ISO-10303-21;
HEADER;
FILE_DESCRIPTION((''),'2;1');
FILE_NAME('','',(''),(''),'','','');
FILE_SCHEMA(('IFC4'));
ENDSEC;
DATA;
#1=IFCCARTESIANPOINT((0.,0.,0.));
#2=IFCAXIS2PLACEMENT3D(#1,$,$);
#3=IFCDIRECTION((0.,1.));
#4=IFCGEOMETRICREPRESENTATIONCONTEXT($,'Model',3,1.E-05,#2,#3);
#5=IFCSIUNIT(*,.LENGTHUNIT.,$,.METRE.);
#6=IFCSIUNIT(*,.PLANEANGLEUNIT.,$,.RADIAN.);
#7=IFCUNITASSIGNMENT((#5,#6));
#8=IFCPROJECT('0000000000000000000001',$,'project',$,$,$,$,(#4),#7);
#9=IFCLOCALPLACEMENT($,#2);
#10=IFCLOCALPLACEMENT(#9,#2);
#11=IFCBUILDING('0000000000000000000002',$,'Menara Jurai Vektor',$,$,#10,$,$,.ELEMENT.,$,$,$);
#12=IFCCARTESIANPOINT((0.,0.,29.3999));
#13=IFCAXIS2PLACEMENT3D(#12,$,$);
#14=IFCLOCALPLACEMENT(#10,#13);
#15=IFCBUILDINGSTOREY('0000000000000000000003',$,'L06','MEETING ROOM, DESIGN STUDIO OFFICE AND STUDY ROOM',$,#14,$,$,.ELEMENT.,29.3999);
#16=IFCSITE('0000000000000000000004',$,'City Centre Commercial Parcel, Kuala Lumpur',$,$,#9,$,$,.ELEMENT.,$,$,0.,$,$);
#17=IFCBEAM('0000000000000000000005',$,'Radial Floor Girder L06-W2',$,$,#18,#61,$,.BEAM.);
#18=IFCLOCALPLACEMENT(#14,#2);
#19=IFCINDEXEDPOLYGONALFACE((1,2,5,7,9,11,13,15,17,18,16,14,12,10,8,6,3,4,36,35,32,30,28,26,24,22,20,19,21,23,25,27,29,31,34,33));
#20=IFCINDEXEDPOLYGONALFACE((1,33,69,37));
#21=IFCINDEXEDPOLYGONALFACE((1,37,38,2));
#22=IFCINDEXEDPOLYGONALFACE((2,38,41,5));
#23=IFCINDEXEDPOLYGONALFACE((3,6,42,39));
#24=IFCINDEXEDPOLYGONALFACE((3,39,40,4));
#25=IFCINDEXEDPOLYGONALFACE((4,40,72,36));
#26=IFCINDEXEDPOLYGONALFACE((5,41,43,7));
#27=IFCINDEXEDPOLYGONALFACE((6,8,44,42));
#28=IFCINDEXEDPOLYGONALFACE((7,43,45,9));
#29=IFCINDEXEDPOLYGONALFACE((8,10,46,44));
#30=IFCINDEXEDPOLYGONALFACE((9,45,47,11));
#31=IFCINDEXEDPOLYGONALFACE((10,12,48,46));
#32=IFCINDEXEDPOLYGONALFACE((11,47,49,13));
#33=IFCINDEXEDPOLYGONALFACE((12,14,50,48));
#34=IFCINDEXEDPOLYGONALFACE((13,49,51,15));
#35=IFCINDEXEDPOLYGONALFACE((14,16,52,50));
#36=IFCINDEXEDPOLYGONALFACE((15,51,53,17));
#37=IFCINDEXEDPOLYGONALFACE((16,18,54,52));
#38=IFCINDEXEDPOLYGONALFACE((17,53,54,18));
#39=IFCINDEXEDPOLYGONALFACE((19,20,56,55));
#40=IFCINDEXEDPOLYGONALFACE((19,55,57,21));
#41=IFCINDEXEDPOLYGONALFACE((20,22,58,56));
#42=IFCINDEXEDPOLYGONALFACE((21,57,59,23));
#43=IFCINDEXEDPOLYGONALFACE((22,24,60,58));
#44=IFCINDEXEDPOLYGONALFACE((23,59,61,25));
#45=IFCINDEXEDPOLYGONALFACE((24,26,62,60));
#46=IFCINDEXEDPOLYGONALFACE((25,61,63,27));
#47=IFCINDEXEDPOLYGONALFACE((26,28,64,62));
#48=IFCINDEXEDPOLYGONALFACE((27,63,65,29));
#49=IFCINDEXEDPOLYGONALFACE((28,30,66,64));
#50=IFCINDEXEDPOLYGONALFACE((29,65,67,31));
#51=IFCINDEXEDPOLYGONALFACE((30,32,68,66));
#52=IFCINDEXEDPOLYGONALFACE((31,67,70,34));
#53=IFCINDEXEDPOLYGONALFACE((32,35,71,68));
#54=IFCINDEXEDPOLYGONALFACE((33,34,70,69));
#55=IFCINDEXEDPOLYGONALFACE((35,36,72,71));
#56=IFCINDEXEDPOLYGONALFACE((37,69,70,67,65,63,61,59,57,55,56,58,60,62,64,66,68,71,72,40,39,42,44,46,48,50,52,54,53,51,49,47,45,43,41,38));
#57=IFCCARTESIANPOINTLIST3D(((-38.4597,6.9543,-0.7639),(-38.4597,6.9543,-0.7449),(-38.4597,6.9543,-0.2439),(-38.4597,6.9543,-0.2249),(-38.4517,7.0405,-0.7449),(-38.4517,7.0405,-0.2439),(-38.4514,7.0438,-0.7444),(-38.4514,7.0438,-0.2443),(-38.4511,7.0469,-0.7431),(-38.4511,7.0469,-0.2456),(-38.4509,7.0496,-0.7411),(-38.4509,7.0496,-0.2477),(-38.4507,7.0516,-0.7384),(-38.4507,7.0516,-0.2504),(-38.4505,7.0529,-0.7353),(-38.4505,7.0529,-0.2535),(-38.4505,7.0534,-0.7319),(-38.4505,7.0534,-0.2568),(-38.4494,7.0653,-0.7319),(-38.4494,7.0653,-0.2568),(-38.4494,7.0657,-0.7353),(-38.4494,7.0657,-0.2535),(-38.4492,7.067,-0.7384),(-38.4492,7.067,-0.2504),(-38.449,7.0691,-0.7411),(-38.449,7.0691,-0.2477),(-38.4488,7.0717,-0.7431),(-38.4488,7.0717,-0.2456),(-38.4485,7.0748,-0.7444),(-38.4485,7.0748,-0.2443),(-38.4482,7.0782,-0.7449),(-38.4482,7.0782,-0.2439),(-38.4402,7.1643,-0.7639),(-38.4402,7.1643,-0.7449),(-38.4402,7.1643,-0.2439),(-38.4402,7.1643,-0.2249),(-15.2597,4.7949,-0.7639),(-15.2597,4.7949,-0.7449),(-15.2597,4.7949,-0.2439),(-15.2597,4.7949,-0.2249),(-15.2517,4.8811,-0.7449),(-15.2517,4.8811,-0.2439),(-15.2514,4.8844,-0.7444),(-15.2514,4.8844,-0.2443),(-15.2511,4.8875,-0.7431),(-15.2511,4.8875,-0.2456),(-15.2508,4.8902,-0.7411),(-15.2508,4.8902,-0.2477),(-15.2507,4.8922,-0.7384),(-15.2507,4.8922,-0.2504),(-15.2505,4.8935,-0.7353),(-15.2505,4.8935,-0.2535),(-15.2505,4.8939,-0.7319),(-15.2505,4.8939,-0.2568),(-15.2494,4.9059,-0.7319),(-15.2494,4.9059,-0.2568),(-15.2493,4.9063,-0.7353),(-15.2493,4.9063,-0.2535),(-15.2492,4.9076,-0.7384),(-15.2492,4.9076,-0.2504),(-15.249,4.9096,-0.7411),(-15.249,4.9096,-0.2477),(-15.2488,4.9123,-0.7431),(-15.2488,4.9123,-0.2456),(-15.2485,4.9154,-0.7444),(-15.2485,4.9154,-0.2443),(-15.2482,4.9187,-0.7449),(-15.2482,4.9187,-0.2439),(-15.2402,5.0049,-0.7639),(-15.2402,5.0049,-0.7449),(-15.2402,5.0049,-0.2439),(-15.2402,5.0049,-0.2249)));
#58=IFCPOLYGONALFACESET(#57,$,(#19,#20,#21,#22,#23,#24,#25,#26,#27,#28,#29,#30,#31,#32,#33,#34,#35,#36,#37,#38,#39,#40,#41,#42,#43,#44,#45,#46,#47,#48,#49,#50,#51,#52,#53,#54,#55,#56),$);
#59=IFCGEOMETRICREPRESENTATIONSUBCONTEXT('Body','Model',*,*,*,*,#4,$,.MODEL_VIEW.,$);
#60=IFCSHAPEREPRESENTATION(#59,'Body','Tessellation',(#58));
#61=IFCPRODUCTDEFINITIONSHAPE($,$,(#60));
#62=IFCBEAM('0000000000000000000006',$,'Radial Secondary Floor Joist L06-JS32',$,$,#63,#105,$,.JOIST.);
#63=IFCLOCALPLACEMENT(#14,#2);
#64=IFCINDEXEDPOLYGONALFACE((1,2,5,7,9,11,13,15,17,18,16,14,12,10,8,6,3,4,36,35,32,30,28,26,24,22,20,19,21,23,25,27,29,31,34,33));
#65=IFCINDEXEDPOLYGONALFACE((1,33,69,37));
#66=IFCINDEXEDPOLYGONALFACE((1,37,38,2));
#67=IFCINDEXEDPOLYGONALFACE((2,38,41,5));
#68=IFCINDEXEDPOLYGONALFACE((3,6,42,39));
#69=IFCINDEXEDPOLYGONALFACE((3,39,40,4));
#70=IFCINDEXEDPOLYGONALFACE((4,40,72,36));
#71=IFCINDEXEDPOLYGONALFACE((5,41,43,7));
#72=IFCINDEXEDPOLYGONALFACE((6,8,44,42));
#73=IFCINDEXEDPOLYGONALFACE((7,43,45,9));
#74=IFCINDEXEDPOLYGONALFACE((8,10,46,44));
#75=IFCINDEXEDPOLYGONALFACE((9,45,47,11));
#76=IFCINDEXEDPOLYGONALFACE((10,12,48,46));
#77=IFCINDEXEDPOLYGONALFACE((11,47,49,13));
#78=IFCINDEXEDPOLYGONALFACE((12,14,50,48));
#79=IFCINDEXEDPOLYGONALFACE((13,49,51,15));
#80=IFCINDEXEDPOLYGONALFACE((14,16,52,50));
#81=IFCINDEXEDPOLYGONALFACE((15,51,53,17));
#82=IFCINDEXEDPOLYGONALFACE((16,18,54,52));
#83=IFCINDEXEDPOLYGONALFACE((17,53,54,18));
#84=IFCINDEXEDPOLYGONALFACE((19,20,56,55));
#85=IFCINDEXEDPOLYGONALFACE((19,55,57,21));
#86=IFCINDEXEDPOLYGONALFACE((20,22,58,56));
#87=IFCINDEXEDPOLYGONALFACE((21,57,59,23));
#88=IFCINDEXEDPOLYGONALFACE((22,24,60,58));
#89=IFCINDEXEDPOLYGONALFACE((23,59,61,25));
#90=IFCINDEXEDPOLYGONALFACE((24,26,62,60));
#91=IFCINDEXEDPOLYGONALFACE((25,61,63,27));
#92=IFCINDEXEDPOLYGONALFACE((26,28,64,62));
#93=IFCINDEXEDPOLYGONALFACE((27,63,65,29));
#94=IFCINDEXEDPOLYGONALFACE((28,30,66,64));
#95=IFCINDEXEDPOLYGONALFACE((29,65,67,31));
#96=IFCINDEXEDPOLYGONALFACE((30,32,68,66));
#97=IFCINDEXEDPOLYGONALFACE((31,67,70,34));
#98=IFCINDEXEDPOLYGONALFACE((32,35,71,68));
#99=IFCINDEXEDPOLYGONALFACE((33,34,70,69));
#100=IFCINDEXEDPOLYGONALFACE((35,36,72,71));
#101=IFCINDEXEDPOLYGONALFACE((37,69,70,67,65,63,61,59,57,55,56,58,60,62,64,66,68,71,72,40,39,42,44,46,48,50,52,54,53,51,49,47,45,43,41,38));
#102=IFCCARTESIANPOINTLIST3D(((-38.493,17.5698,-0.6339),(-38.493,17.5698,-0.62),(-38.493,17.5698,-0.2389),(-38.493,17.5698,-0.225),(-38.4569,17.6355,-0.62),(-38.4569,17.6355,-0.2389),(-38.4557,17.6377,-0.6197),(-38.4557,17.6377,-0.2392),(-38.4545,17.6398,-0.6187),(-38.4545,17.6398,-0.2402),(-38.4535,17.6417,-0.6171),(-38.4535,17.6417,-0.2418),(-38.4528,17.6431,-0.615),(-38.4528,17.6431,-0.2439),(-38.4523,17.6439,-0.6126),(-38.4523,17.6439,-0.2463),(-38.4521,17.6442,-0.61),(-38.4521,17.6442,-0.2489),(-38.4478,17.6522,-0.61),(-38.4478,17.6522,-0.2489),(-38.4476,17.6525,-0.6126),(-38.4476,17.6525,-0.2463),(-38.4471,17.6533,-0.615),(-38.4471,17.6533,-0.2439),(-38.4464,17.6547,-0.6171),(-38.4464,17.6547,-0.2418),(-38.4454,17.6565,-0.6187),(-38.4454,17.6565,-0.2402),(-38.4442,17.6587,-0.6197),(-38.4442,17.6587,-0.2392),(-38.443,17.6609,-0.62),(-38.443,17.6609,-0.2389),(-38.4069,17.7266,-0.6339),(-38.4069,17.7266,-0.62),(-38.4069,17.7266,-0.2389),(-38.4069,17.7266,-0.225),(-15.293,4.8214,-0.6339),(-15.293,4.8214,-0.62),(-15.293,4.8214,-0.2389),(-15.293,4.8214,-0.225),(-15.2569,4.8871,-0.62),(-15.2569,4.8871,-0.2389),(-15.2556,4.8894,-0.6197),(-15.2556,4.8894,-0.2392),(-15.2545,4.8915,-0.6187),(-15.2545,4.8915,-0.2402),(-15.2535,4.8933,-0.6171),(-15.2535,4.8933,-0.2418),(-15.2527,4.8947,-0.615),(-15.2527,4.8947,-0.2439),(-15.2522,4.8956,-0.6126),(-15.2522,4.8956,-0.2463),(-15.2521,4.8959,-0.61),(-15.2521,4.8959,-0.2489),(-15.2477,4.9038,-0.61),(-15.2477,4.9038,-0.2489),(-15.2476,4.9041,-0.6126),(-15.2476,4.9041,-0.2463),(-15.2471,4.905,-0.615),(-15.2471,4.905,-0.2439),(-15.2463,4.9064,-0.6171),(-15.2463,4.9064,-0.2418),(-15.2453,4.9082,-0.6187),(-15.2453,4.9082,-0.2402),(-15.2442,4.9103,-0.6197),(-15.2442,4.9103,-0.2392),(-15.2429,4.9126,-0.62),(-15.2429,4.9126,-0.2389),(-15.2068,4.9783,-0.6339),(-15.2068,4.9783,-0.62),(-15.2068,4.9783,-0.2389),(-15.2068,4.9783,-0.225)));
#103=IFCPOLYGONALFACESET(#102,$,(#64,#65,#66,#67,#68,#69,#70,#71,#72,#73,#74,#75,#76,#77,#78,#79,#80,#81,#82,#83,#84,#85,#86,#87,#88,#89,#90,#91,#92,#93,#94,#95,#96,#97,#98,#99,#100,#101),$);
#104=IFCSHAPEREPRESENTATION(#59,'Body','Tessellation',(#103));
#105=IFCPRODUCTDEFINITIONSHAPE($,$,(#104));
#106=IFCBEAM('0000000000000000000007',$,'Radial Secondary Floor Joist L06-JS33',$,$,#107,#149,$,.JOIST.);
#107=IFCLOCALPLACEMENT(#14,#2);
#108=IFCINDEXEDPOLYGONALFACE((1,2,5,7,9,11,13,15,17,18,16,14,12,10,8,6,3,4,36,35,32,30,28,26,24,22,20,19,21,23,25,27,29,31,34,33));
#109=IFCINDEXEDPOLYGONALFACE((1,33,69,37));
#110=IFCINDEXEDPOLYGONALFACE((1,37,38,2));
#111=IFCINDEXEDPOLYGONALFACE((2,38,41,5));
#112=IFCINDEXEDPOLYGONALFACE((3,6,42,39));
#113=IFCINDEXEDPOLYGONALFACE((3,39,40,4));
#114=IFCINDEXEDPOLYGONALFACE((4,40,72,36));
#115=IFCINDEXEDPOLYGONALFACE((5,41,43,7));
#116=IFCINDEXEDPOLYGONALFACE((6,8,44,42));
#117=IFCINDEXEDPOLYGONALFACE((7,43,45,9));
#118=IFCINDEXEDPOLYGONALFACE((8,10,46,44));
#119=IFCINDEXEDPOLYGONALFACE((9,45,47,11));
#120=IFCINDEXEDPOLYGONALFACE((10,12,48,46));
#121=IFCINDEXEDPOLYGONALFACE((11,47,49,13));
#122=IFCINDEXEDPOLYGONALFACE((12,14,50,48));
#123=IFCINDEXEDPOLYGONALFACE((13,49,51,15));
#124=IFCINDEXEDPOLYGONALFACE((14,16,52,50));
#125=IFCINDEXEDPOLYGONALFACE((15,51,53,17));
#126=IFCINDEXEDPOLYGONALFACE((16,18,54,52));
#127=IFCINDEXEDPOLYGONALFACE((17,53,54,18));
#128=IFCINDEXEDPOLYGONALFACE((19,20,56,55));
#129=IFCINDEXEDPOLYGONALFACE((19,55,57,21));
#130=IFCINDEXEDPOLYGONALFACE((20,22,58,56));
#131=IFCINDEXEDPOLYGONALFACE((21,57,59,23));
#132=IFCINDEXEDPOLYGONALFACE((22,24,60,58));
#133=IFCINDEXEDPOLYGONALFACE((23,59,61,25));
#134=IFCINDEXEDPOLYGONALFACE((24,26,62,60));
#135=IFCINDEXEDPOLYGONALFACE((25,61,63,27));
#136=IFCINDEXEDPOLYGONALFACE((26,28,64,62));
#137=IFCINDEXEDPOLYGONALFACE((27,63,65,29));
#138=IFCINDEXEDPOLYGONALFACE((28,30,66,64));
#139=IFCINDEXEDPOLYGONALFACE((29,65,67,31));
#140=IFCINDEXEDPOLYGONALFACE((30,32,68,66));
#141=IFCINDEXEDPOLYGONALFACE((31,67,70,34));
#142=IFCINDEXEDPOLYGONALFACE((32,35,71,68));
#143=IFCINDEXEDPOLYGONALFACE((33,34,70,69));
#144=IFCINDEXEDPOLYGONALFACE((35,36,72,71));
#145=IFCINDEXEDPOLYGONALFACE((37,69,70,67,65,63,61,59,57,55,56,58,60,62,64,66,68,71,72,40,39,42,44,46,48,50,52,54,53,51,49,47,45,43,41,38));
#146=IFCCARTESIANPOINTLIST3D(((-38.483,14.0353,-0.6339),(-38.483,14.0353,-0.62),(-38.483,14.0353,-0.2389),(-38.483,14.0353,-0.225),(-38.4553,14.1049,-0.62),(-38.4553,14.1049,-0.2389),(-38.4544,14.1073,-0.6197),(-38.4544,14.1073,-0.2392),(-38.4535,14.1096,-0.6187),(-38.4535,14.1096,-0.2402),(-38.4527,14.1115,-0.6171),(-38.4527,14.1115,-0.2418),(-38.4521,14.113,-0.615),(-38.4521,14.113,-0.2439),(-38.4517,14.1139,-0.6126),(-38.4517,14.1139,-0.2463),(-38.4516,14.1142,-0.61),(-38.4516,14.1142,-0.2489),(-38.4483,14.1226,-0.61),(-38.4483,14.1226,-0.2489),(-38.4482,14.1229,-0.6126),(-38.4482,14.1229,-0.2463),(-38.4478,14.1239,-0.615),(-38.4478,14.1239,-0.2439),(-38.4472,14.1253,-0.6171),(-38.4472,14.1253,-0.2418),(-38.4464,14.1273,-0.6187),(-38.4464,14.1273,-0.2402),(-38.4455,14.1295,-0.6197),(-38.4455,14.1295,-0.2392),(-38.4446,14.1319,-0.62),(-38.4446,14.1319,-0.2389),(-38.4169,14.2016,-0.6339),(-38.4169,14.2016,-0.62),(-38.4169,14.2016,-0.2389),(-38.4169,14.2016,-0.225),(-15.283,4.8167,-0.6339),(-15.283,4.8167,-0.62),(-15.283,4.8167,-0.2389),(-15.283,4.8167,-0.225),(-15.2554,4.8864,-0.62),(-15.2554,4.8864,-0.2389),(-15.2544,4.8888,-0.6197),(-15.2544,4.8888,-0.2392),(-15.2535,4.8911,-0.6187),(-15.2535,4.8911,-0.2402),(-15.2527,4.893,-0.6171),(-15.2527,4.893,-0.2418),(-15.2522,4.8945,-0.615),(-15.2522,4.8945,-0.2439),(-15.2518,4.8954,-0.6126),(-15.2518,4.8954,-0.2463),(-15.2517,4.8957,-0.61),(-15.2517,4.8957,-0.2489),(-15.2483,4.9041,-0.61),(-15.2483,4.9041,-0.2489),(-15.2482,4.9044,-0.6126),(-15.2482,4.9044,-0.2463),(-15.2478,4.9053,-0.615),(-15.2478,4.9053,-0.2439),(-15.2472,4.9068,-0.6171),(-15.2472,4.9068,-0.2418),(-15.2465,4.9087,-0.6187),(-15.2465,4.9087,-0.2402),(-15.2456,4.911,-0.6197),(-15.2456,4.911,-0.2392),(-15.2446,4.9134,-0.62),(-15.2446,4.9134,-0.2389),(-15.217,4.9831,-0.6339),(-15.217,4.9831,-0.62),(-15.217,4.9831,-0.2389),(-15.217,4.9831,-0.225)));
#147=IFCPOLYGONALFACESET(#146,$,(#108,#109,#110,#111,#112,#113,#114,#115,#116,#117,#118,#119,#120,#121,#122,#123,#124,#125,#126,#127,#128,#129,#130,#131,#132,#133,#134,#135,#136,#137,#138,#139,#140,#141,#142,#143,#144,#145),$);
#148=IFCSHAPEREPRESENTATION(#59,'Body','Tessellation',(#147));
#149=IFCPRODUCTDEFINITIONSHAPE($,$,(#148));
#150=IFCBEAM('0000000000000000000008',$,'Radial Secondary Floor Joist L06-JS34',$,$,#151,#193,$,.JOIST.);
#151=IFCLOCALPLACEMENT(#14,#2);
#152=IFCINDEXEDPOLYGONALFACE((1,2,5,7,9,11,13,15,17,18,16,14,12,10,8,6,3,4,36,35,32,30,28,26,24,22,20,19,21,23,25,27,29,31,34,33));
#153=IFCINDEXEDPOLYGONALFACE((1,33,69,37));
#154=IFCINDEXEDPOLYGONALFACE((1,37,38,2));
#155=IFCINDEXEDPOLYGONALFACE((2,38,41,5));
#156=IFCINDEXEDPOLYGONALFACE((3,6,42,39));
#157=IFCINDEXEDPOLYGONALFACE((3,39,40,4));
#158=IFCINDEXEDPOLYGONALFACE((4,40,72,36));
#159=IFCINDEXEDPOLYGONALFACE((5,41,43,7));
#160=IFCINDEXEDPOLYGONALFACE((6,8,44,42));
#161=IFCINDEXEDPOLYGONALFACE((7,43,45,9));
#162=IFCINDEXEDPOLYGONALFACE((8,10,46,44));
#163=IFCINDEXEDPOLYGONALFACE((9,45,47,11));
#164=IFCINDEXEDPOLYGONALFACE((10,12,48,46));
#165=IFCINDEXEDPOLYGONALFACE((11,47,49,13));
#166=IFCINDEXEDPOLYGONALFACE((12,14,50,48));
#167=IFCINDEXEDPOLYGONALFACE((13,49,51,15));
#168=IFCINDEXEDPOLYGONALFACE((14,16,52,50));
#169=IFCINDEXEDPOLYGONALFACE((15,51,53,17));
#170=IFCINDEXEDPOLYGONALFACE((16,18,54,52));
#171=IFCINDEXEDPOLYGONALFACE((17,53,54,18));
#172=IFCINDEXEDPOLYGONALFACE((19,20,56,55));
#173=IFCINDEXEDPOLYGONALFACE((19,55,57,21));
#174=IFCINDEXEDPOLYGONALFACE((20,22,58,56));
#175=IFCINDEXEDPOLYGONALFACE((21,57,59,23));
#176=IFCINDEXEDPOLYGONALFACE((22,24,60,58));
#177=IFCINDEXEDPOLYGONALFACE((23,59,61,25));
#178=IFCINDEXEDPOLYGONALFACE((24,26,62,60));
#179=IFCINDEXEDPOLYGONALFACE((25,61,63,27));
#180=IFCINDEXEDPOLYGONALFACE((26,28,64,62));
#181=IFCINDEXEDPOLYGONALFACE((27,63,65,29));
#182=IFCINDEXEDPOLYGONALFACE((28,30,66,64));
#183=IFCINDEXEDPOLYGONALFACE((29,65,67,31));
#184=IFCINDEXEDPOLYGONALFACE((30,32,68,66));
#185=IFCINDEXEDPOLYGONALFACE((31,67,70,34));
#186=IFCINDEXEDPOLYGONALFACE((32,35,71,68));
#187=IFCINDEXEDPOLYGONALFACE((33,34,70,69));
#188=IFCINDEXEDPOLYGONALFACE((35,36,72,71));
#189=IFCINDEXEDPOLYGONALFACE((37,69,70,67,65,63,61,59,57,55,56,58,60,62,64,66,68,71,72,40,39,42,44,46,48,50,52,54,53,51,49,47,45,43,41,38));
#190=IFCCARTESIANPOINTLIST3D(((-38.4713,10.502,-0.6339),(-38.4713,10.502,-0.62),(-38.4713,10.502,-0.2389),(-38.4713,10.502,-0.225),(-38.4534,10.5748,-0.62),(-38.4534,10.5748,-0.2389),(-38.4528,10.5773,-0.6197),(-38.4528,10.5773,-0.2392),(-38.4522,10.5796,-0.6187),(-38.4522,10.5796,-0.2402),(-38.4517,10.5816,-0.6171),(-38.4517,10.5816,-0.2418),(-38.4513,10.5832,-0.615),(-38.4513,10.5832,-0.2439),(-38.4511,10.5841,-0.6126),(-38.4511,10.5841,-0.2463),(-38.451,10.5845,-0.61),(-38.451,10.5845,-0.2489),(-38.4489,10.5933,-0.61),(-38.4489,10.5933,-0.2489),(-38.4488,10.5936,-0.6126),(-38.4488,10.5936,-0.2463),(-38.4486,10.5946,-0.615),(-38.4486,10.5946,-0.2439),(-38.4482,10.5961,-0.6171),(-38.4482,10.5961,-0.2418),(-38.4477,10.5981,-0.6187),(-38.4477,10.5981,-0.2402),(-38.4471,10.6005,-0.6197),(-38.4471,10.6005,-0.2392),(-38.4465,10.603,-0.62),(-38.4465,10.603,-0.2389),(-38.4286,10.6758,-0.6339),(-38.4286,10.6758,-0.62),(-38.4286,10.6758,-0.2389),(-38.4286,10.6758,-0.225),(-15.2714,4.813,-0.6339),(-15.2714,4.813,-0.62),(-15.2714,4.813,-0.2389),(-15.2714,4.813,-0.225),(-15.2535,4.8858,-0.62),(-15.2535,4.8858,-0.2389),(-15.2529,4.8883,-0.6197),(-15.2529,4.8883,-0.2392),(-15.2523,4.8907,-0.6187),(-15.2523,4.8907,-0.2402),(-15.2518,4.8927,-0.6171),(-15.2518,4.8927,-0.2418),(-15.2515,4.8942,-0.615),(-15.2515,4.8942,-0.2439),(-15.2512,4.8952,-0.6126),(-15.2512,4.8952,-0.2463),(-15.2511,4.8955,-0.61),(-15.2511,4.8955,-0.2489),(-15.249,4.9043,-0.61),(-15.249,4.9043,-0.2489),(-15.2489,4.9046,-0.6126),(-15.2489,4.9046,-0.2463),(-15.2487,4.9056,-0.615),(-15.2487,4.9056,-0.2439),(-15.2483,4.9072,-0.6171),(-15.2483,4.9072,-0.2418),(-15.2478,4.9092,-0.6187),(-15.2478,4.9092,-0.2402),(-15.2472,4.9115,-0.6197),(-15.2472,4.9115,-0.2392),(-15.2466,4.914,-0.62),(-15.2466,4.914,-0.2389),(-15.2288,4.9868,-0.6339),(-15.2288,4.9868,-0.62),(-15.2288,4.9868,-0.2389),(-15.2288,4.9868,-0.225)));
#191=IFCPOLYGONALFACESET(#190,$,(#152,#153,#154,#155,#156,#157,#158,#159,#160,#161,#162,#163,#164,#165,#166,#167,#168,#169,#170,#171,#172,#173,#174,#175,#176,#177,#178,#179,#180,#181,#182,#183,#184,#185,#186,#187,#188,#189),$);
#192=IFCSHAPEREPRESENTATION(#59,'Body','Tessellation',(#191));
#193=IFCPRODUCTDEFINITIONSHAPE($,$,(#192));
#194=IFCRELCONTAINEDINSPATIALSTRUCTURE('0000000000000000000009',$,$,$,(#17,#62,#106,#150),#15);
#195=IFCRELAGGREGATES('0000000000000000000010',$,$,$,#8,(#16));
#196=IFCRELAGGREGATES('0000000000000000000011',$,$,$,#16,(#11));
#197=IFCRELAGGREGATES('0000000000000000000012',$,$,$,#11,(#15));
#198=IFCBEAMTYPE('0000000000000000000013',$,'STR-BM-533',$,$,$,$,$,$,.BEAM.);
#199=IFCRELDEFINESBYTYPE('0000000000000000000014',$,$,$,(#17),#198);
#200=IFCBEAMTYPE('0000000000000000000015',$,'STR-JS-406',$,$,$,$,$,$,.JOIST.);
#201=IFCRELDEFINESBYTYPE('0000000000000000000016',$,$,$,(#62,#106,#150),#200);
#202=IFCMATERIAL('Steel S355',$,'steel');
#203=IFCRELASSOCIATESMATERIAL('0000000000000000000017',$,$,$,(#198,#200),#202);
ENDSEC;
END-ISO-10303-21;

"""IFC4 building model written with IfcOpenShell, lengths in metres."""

from ifc_helpers import new_model, si_unit, direction, frame, origin, origin_2d, place, context, subcontext, project, spatial, i_section, extrude, material, material_profile, profile_set, type_object, element, save


model = new_model("IFC4")

# Units and contexts
model_context = context("Model", 3, precision=1e-05, world=origin(), true_north=direction((0.0, 1.0)))
body_context = subcontext(model_context, "Body", "Model", "MODEL_VIEW")
ifc_project = project(units=[si_unit("LENGTHUNIT", "METRE"), si_unit("PLANEANGLEUNIT", "RADIAN")], contexts=[model_context])

# Site, building, storey
site_placement = place(None, origin())
site = spatial("IfcSite", under=ifc_project, at=site_placement, Name="City Centre Commercial Parcel, Kuala Lumpur", CompositionType="ELEMENT", RefElevation=0.0)
building_placement = place(site_placement, origin())
building = spatial("IfcBuilding", under=site, at=building_placement, Name="Menara Jurai Vektor", CompositionType="ELEMENT")
storey_placement = place(building_placement, frame((0.0, 0.0, 29.3999)))
storey = spatial("IfcBuildingStorey", under=building, at=storey_placement, Name="L06", Description="MEETING ROOM, DESIGN STUDIO OFFICE AND STUDY ROOM", CompositionType="ELEMENT", Elevation=29.3999)

# Beams
ifc_material_1 = material(Name="Steel S355", Category="steel")
ifc_material_profile_1 = material_profile(ifc_material_1, i_section(OverallWidth=0.2109, OverallDepth=0.5391, WebThickness=0.012, FlangeThickness=0.019, FilletRadius=0.0129, at=origin_2d()), Name="UKB 533x210x109")
ifc_profile_set_1 = profile_set([ifc_material_profile_1], Name="Steel S355")
beam_type_1 = type_object("IfcBeamType", Name="STR-BM-533", PredefinedType="BEAM", material=ifc_profile_set_1)
beam_1_placement = place(storey_placement, frame((-38.45, 7.0593, -0.4944), z_axis=(0.995696, -0.092678, 0.0), x_axis=(0.092678, 0.995696, 0.0)))
element("IfcBeam", 1, at=beam_1_placement, inside=storey, type_object=beam_type_1, Name="Radial Floor Girder L06-W2", PredefinedType="BEAM", context=body_context, shape_type="SweptSolid", body=[
    extrude(i_section(OverallWidth=0.2109, OverallDepth=0.5391, WebThickness=0.012, FlangeThickness=0.019, FilletRadius=0.0129, at=origin_2d()), origin(), (0.0, 0.0, 1.0), 23.3003),
])
ifc_material_profile_2 = material_profile(ifc_material_1, i_section(OverallWidth=0.179, OverallDepth=0.4089, WebThickness=0.009, FlangeThickness=0.0139, FilletRadius=0.01, at=origin_2d()), Name="UKB 406x178x67")
ifc_profile_set_2 = profile_set([ifc_material_profile_2], Name="Steel S355")
beam_type_2 = type_object("IfcBeamType", Name="STR-JS-406", PredefinedType="JOIST", material=ifc_profile_set_2)
beam_2_placement = place(storey_placement, frame((-38.45, 17.6482, -0.4294), z_axis=(0.876402, -0.48158, 0.0), x_axis=(0.48158, 0.876402, 0.0)))
element("IfcBeam", 2, at=beam_2_placement, inside=storey, type_object=beam_type_2, Name="Radial Secondary Floor Joist L06-JS32", PredefinedType="JOIST", context=body_context, shape_type="SweptSolid", body=[
    extrude(i_section(OverallWidth=0.179, OverallDepth=0.4089, WebThickness=0.009, FlangeThickness=0.0139, FilletRadius=0.01, at=origin_2d()), origin(), (0.0, 0.0, 1.0), 26.4719),
])
beam_3_placement = place(storey_placement, frame((-38.45, 14.1184, -0.4294), z_axis=(0.929323, -0.369267, 0.0), x_axis=(0.369267, 0.929323, 0.0)))
element("IfcBeam", 3, at=beam_3_placement, inside=storey, type_object=beam_type_2, Name="Radial Secondary Floor Joist L06-JS33", PredefinedType="JOIST", context=body_context, shape_type="SweptSolid", body=[
    extrude(i_section(OverallWidth=0.179, OverallDepth=0.4089, WebThickness=0.009, FlangeThickness=0.0139, FilletRadius=0.01, at=origin_2d()), origin(), (0.0, 0.0, 1.0), 24.9644),
])
beam_4_placement = place(storey_placement, frame((-38.45, 10.5889, -0.4294), z_axis=(0.971226, -0.238159, 0.0), x_axis=(0.238159, 0.971226, 0.0)))
element("IfcBeam", 4, at=beam_4_placement, inside=storey, type_object=beam_type_2, Name="Radial Secondary Floor Joist L06-JS34", PredefinedType="JOIST", context=body_context, shape_type="SweptSolid", body=[
    extrude(i_section(OverallWidth=0.179, OverallDepth=0.4089, WebThickness=0.009, FlangeThickness=0.0139, FilletRadius=0.01, at=origin_2d()), origin(), (0.0, 0.0, 1.0), 23.8872),
])

save(model, "model.ifc")
